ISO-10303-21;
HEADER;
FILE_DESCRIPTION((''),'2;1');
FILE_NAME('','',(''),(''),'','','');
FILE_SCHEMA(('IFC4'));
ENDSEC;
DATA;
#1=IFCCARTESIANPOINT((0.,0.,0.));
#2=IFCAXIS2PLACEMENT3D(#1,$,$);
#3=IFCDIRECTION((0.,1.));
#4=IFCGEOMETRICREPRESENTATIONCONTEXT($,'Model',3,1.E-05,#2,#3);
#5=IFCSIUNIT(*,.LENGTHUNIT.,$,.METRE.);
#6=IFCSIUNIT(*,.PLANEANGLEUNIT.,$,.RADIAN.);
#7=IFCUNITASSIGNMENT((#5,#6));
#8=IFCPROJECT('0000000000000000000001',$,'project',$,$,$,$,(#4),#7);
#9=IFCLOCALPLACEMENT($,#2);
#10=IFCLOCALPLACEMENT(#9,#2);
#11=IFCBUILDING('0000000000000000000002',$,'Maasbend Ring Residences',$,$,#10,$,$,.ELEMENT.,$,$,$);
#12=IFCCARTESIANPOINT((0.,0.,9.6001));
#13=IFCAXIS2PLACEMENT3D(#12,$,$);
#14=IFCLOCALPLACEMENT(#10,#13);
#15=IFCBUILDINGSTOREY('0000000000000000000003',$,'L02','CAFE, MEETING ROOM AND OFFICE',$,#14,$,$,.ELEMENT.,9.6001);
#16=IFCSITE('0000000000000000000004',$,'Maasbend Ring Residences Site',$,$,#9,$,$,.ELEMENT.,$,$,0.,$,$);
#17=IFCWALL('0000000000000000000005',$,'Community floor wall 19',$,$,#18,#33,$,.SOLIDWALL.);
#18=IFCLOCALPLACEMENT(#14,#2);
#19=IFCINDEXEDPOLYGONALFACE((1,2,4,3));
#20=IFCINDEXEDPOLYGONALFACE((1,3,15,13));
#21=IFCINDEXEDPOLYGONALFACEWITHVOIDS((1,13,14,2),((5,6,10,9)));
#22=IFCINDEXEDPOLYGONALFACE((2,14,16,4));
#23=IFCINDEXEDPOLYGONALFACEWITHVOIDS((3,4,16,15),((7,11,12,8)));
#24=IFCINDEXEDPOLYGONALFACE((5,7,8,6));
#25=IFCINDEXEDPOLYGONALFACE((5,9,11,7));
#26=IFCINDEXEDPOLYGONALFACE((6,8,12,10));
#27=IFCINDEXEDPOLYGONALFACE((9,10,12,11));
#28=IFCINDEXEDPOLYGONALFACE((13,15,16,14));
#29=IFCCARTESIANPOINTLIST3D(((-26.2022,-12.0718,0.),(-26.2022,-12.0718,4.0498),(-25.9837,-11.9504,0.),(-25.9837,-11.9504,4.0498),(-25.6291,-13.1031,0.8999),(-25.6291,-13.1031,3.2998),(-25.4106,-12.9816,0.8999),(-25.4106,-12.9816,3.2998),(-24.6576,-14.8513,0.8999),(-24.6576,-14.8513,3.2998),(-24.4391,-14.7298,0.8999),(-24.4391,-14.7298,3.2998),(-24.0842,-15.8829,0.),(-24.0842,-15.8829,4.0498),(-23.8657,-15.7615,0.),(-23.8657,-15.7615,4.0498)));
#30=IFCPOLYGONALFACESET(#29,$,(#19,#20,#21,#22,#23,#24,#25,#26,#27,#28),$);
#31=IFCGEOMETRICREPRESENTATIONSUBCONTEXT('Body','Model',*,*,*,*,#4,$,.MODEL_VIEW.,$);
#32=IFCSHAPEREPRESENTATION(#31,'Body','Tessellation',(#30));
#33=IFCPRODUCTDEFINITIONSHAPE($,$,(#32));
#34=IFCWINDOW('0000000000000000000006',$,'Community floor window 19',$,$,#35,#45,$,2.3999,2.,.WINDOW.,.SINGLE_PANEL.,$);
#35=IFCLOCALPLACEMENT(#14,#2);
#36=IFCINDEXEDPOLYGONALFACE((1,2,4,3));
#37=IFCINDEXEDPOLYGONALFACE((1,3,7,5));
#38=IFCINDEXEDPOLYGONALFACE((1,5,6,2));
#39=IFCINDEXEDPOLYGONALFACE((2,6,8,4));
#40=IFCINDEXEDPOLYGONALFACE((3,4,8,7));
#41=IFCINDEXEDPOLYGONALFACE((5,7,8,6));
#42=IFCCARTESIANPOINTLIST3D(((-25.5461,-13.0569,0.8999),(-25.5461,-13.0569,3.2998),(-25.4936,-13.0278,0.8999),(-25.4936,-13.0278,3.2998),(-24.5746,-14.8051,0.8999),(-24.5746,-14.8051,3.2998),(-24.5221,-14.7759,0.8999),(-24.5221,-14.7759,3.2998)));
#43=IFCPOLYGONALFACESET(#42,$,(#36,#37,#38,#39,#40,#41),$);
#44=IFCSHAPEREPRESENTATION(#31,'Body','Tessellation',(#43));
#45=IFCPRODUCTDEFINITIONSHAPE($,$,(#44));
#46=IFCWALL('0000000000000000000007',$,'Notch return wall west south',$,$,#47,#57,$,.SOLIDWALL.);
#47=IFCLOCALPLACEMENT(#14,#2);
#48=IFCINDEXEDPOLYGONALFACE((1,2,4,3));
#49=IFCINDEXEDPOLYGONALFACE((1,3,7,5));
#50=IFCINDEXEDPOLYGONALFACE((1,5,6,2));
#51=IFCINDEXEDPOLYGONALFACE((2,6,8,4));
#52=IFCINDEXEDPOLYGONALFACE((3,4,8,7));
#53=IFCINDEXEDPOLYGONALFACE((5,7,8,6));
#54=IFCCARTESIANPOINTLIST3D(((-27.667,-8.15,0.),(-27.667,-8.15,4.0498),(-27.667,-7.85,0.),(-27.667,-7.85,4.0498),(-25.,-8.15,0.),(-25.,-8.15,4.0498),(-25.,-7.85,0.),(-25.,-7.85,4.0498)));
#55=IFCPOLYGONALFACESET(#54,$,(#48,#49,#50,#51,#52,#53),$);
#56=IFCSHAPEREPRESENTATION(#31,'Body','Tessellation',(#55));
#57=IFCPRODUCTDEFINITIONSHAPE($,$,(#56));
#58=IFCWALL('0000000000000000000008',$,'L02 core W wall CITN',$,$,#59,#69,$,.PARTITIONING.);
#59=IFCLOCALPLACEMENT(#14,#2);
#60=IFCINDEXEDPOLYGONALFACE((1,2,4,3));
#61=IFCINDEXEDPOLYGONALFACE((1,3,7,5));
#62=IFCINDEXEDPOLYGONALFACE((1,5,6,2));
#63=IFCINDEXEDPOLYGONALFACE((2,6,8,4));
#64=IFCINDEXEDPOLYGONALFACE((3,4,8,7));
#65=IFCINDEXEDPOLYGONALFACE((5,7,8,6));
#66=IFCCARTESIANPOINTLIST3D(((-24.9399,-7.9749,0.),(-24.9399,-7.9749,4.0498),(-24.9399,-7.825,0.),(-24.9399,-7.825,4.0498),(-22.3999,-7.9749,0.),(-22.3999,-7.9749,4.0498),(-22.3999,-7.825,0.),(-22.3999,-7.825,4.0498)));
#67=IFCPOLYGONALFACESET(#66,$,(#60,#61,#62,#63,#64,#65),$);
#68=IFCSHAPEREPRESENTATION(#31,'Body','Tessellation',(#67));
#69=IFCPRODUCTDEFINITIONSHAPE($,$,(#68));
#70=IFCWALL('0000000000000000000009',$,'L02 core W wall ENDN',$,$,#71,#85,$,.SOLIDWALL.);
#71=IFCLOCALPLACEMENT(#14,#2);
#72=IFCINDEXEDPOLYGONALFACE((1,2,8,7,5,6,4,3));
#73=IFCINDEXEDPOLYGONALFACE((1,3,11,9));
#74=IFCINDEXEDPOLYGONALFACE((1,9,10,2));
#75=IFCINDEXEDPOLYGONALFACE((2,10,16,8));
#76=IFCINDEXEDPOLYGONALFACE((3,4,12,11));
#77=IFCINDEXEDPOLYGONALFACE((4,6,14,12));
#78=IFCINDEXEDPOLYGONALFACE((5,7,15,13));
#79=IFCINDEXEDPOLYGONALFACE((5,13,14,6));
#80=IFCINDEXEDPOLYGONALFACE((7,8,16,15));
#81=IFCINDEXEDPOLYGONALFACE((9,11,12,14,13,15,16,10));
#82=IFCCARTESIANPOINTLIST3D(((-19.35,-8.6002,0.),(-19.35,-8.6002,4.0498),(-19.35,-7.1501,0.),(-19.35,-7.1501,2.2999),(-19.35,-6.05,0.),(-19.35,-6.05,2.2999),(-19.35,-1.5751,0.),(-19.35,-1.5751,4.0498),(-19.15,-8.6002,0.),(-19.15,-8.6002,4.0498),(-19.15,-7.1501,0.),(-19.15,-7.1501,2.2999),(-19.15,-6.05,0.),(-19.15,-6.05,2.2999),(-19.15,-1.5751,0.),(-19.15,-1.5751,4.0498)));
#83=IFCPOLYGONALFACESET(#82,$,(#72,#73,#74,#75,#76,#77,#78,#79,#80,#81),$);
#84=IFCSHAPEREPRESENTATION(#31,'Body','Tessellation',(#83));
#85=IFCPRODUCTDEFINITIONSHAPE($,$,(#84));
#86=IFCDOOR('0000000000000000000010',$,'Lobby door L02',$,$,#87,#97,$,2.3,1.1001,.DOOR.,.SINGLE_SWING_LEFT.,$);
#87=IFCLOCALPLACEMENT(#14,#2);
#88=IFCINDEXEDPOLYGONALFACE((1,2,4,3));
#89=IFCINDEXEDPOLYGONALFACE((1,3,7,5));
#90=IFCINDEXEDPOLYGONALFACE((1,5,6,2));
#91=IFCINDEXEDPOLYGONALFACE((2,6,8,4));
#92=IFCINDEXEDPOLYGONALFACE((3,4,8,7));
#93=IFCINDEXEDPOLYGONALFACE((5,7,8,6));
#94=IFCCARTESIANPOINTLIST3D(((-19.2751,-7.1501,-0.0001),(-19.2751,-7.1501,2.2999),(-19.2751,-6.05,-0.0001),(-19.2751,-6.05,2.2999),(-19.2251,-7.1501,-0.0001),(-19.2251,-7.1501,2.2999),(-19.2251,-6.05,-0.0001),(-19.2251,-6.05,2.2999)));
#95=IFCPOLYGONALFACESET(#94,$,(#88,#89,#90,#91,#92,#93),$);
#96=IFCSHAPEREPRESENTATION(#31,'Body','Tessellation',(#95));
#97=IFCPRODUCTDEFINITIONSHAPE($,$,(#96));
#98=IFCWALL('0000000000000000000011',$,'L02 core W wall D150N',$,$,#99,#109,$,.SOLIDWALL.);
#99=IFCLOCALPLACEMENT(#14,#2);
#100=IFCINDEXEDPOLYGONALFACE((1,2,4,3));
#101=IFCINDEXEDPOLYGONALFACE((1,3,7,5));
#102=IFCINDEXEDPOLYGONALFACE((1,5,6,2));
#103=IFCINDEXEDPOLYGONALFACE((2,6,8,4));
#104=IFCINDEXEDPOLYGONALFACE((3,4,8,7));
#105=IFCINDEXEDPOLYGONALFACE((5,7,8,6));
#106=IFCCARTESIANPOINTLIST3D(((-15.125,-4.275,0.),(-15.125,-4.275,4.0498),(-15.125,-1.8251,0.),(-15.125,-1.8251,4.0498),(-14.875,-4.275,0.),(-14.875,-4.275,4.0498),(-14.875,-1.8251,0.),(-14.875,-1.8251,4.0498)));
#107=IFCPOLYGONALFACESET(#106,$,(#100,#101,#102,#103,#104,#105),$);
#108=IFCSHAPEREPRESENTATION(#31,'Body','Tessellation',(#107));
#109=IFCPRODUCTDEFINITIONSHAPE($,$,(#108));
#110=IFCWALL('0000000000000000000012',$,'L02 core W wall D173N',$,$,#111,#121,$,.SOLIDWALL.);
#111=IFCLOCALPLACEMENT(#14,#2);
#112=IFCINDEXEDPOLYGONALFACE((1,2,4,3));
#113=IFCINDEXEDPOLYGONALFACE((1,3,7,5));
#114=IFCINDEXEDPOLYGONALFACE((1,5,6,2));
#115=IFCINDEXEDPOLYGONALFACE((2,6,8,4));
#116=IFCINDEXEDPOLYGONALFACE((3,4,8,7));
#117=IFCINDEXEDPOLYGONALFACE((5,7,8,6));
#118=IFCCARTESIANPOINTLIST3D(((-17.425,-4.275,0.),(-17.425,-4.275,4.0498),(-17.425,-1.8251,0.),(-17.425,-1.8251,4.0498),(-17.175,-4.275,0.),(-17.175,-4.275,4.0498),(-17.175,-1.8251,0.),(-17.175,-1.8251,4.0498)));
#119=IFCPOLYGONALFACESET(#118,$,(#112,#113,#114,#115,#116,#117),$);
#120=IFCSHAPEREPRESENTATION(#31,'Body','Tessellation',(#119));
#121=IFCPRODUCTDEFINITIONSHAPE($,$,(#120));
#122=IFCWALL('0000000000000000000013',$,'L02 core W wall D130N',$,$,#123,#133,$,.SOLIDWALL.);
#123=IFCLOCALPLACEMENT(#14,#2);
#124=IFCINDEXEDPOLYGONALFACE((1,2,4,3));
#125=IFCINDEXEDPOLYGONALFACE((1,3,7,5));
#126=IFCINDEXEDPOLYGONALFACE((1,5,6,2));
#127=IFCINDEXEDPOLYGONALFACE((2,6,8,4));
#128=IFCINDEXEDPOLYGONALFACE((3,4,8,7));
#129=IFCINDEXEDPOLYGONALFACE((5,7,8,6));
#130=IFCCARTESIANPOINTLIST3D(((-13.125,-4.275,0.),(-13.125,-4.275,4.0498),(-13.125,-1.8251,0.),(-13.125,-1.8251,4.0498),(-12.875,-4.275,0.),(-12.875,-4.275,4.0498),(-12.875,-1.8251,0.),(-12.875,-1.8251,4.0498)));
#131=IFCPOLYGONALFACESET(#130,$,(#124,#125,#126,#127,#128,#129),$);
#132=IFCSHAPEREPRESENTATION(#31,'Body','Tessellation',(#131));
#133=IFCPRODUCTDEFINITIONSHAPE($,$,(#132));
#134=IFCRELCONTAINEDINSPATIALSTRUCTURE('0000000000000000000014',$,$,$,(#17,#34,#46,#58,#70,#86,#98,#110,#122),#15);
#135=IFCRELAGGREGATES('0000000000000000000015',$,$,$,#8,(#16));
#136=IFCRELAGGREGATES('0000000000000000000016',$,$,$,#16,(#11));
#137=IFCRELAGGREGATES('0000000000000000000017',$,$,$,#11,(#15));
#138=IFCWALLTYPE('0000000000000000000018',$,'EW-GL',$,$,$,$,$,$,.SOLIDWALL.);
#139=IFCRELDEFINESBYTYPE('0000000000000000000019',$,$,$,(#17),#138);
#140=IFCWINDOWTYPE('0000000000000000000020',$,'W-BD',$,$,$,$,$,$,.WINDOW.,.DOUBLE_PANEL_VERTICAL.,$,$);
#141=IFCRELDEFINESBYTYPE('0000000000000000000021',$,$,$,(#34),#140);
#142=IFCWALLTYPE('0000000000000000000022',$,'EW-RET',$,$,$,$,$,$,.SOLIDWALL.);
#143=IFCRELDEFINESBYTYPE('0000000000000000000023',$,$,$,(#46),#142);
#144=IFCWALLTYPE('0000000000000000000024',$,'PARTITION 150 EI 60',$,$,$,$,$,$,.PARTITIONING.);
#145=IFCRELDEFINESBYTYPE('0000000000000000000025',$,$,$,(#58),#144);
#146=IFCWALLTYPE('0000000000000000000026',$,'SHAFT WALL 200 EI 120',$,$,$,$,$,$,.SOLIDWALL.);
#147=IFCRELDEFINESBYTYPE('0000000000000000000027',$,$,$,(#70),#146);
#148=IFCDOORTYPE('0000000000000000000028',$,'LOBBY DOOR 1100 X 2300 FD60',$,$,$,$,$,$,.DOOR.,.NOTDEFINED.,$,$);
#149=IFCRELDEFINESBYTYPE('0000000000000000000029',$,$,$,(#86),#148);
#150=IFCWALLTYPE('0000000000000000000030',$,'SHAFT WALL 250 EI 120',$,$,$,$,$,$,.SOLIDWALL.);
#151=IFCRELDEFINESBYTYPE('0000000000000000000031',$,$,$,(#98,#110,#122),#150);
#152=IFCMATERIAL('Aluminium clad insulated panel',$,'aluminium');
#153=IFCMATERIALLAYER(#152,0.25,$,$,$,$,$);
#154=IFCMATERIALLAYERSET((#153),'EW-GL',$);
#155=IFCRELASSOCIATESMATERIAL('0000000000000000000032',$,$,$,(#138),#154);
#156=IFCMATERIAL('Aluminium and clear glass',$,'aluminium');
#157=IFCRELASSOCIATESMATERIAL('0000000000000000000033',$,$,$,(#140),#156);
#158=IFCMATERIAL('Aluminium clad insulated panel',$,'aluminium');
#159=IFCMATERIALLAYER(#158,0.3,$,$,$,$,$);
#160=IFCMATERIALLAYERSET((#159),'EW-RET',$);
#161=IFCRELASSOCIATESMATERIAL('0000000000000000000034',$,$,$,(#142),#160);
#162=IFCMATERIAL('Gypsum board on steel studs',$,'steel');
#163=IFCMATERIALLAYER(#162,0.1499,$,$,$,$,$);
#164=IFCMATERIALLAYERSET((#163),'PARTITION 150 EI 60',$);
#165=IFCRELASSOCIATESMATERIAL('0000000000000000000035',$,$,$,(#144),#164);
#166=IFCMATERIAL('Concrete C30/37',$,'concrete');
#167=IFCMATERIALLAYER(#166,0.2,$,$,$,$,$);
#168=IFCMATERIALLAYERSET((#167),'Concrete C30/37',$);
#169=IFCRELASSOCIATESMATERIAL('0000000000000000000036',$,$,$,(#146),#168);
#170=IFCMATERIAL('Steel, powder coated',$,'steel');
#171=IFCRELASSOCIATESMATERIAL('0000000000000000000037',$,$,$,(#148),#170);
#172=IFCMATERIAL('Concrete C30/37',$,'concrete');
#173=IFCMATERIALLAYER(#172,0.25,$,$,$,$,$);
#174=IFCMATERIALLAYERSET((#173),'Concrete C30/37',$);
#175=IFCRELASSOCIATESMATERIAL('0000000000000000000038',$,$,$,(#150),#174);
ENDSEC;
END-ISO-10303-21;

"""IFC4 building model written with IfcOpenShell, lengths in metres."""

from ifc_helpers import new_model, si_unit, direction, frame, frame_2d, origin, place, context, subcontext, project, spatial, rectangle, extrude, material, layer, layer_set, type_object, element, fill, save


model = new_model("IFC4")

# Units and contexts
model_context = context("Model", 3, precision=1e-05, world=origin(), true_north=direction((0.0, 1.0)))
body_context = subcontext(model_context, "Body", "Model", "MODEL_VIEW")
ifc_project = project(units=[si_unit("LENGTHUNIT", "METRE"), si_unit("PLANEANGLEUNIT", "RADIAN")], contexts=[model_context])

# Site, building, storey
site_placement = place(None, origin())
site = spatial("IfcSite", under=ifc_project, at=site_placement, Name="Maasbend Ring Residences Site", CompositionType="ELEMENT", RefElevation=0.0)
building_placement = place(site_placement, origin())
building = spatial("IfcBuilding", under=site, at=building_placement, Name="Maasbend Ring Residences", CompositionType="ELEMENT")
storey_placement = place(building_placement, frame((0.0, 0.0, 9.6001)))
storey = spatial("IfcBuildingStorey", under=building, at=storey_placement, Name="L02", Description="CAFE, MEETING ROOM AND OFFICE", CompositionType="ELEMENT", Elevation=9.6001)

# Shared definitions
ifc_material_1 = material(Name="Aluminium clad insulated panel", Category="aluminium")
ifc_layer_1 = layer(ifc_material_1, 0.25)
ifc_layer_set_1 = layer_set([ifc_layer_1], Name="EW-GL")
wall_type_1 = type_object("IfcWallType", Name="EW-GL", PredefinedType="SOLIDWALL", material=ifc_layer_set_1)

# Wall, opening, window
wall_1_placement = place(storey_placement, frame((-26.093, -12.011, 0.0), z_axis=(0.0, 0.0, 1.0), x_axis=(0.485762, -0.874091, 0.0)))
wall_1 = element("IfcWall", 1, at=wall_1_placement, inside=storey, type_object=wall_type_1, Name="Community floor wall 19", PredefinedType="SOLIDWALL", context=body_context, shape_type="SweptSolid", body=[
    extrude(rectangle(XDim=4.3601, YDim=0.25, at=frame_2d((2.1802, 0.0))), origin(), (0.0, 0.0, 1.0), 4.0498),
])
opening_1_placement = place(wall_1_placement, frame((1.1799, 0.0, 0.8999)))
opening_1 = element("IfcOpeningElement", 2, at=opening_1_placement, cuts=wall_1, PredefinedType="OPENING", context=body_context, shape_type="SweptSolid", body=[
    extrude(rectangle(XDim=2.0, YDim=2.3999, at=frame_2d((1.0, 1.2))), frame((0.0, 0.135, 0.0), z_axis=(0.0, -1.0, 0.0), x_axis=(1.0, 0.0, 0.0)), (0.0, 0.0, 1.0), 0.27),
])
ifc_material_2 = material(Name="Aluminium and clear glass", Category="aluminium")
window_type = type_object("IfcWindowType", Name="W-BD", PartitioningType="DOUBLE_PANEL_VERTICAL", PredefinedType="WINDOW", material=ifc_material_2)
window_placement = place(opening_1_placement, origin())
window = element("IfcWindow", 3, at=window_placement, inside=storey, type_object=window_type, Name="Community floor window 19", OverallHeight=2.3999, OverallWidth=2.0, PartitioningType="SINGLE_PANEL", PredefinedType="WINDOW", context=body_context, shape_type="SweptSolid", body=[
    extrude(rectangle(XDim=2.0, YDim=2.3999, at=frame_2d((1.0, 1.2))), frame((0.0, 0.03, 0.0), z_axis=(0.0, -1.0, 0.0), x_axis=(1.0, 0.0, 0.0)), (0.0, 0.0, 1.0), 0.0601),
])
fill(opening_1, window)

# Walls
ifc_material_3 = material(Name="Aluminium clad insulated panel", Category="aluminium")
ifc_layer_2 = layer(ifc_material_3, 0.3)
ifc_layer_set_2 = layer_set([ifc_layer_2], Name="EW-RET")
wall_type_2 = type_object("IfcWallType", Name="EW-RET", PredefinedType="SOLIDWALL", material=ifc_layer_set_2)
wall_2_placement = place(storey_placement, frame((-25.0, -8.0, 0.0), z_axis=(0.0, 0.0, 1.0), x_axis=(-1.0, 0.0, 0.0)))
element("IfcWall", 4, at=wall_2_placement, inside=storey, type_object=wall_type_2, Name="Notch return wall west south", PredefinedType="SOLIDWALL", context=body_context, shape_type="SweptSolid", body=[
    extrude(rectangle(XDim=2.667, YDim=0.3, at=frame_2d((1.3335, 0.0))), origin(), (0.0, 0.0, 1.0), 4.0498),
])
ifc_material_4 = material(Name="Gypsum board on steel studs", Category="steel")
ifc_layer_3 = layer(ifc_material_4, 0.1499)
ifc_layer_set_3 = layer_set([ifc_layer_3], Name="PARTITION 150 EI 60")
wall_type_3 = type_object("IfcWallType", Name="PARTITION 150 EI 60", PredefinedType="PARTITIONING", material=ifc_layer_set_3)
wall_3_placement = place(storey_placement, frame((-22.3999, -7.8999, 0.0), z_axis=(0.0, 0.0, 1.0), x_axis=(-1.0, 0.0, 0.0)))
element("IfcWall", 5, at=wall_3_placement, inside=storey, type_object=wall_type_3, Name="L02 core W wall CITN", PredefinedType="PARTITIONING", context=body_context, shape_type="SweptSolid", body=[
    extrude(rectangle(XDim=2.54, YDim=0.1499, at=frame_2d((1.27, 0.0))), origin(), (0.0, 0.0, 1.0), 4.0498),
])

# Wall, opening, door
ifc_material_5 = material(Name="Concrete C30/37", Category="concrete")
ifc_layer_4 = layer(ifc_material_5, 0.2)
ifc_layer_set_4 = layer_set([ifc_layer_4], Name="Concrete C30/37")
wall_type_4 = type_object("IfcWallType", Name="SHAFT WALL 200 EI 120", PredefinedType="SOLIDWALL", material=ifc_layer_set_4)
wall_4_placement = place(storey_placement, frame((-19.25, -1.575, 0.0), z_axis=(0.0, 0.0, 1.0), x_axis=(0.0, -1.0, 0.0)))
wall_4 = element("IfcWall", 6, at=wall_4_placement, inside=storey, type_object=wall_type_4, Name="L02 core W wall ENDN", PredefinedType="SOLIDWALL", context=body_context, shape_type="SweptSolid", body=[
    extrude(rectangle(XDim=7.0251, YDim=0.2, at=frame_2d((3.5127, 0.0))), origin(), (0.0, 0.0, 1.0), 4.0498),
])
opening_2_placement = place(wall_4_placement, frame((4.4751, 0.0, 0.0)))
opening_2 = element("IfcOpeningElement", 7, at=opening_2_placement, cuts=wall_4, PredefinedType="OPENING", context=body_context, shape_type="SweptSolid", body=[
    extrude(rectangle(XDim=1.1001, YDim=2.3, at=frame_2d((0.55, 1.1499))), frame((0.0, 0.1099, 0.0), z_axis=(0.0, -1.0, 0.0), x_axis=(1.0, 0.0, 0.0)), (0.0, 0.0, 1.0), 0.22),
])
ifc_material_6 = material(Name="Steel, powder coated", Category="steel")
door_type_1 = type_object("IfcDoorType", Name="LOBBY DOOR 1100 X 2300 FD60", OperationType="NOTDEFINED", PredefinedType="DOOR", material=ifc_material_6)
door_1_placement = place(opening_2_placement, origin())
door_1 = element("IfcDoor", 8, at=door_1_placement, inside=storey, type_object=door_type_1, Name="Lobby door L02", OperationType="SINGLE_SWING_LEFT", OverallHeight=2.3, OverallWidth=1.1001, PredefinedType="DOOR", context=body_context, shape_type="SweptSolid", body=[
    extrude(rectangle(XDim=1.1001, YDim=2.3, at=frame_2d((0.55, 1.1499))), frame((0.0, 0.0249, 0.0), z_axis=(0.0, -1.0, 0.0), x_axis=(1.0, 0.0, 0.0)), (0.0, 0.0, 1.0), 0.05),
])
fill(opening_2, door_1)

# Walls
ifc_material_7 = material(Name="Concrete C30/37", Category="concrete")
ifc_layer_5 = layer(ifc_material_7, 0.25)
ifc_layer_set_5 = layer_set([ifc_layer_5], Name="Concrete C30/37")
wall_type_5 = type_object("IfcWallType", Name="SHAFT WALL 250 EI 120", PredefinedType="SOLIDWALL", material=ifc_layer_set_5)
for number, where, z_axis, x_axis, name in (
    (9, (-15.0, -1.825, 0.0), (0.0, 0.0, 1.0), (0.0, -1.0, 0.0), "L02 core W wall D150N"),
    (10, (-17.3, -1.825, 0.0), (0.0, 0.0, 1.0), (0.0, -1.0, 0.0), "L02 core W wall D173N"),
    (11, (-13.0, -1.825, 0.0), (0.0, 0.0, 1.0), (0.0, -1.0, 0.0), "L02 core W wall D130N"),
):
    element("IfcWall", number, at=place(storey_placement, frame(where, z_axis=z_axis, x_axis=x_axis)), inside=storey, type_object=wall_type_5, Name=name, PredefinedType="SOLIDWALL", context=body_context, shape_type="SweptSolid", body=[
        extrude(rectangle(XDim=2.45, YDim=0.25, at=frame_2d((1.2251, 0.0))), origin(), (0.0, 0.0, 1.0), 4.0498),
    ])

save(model, "model.ifc")
